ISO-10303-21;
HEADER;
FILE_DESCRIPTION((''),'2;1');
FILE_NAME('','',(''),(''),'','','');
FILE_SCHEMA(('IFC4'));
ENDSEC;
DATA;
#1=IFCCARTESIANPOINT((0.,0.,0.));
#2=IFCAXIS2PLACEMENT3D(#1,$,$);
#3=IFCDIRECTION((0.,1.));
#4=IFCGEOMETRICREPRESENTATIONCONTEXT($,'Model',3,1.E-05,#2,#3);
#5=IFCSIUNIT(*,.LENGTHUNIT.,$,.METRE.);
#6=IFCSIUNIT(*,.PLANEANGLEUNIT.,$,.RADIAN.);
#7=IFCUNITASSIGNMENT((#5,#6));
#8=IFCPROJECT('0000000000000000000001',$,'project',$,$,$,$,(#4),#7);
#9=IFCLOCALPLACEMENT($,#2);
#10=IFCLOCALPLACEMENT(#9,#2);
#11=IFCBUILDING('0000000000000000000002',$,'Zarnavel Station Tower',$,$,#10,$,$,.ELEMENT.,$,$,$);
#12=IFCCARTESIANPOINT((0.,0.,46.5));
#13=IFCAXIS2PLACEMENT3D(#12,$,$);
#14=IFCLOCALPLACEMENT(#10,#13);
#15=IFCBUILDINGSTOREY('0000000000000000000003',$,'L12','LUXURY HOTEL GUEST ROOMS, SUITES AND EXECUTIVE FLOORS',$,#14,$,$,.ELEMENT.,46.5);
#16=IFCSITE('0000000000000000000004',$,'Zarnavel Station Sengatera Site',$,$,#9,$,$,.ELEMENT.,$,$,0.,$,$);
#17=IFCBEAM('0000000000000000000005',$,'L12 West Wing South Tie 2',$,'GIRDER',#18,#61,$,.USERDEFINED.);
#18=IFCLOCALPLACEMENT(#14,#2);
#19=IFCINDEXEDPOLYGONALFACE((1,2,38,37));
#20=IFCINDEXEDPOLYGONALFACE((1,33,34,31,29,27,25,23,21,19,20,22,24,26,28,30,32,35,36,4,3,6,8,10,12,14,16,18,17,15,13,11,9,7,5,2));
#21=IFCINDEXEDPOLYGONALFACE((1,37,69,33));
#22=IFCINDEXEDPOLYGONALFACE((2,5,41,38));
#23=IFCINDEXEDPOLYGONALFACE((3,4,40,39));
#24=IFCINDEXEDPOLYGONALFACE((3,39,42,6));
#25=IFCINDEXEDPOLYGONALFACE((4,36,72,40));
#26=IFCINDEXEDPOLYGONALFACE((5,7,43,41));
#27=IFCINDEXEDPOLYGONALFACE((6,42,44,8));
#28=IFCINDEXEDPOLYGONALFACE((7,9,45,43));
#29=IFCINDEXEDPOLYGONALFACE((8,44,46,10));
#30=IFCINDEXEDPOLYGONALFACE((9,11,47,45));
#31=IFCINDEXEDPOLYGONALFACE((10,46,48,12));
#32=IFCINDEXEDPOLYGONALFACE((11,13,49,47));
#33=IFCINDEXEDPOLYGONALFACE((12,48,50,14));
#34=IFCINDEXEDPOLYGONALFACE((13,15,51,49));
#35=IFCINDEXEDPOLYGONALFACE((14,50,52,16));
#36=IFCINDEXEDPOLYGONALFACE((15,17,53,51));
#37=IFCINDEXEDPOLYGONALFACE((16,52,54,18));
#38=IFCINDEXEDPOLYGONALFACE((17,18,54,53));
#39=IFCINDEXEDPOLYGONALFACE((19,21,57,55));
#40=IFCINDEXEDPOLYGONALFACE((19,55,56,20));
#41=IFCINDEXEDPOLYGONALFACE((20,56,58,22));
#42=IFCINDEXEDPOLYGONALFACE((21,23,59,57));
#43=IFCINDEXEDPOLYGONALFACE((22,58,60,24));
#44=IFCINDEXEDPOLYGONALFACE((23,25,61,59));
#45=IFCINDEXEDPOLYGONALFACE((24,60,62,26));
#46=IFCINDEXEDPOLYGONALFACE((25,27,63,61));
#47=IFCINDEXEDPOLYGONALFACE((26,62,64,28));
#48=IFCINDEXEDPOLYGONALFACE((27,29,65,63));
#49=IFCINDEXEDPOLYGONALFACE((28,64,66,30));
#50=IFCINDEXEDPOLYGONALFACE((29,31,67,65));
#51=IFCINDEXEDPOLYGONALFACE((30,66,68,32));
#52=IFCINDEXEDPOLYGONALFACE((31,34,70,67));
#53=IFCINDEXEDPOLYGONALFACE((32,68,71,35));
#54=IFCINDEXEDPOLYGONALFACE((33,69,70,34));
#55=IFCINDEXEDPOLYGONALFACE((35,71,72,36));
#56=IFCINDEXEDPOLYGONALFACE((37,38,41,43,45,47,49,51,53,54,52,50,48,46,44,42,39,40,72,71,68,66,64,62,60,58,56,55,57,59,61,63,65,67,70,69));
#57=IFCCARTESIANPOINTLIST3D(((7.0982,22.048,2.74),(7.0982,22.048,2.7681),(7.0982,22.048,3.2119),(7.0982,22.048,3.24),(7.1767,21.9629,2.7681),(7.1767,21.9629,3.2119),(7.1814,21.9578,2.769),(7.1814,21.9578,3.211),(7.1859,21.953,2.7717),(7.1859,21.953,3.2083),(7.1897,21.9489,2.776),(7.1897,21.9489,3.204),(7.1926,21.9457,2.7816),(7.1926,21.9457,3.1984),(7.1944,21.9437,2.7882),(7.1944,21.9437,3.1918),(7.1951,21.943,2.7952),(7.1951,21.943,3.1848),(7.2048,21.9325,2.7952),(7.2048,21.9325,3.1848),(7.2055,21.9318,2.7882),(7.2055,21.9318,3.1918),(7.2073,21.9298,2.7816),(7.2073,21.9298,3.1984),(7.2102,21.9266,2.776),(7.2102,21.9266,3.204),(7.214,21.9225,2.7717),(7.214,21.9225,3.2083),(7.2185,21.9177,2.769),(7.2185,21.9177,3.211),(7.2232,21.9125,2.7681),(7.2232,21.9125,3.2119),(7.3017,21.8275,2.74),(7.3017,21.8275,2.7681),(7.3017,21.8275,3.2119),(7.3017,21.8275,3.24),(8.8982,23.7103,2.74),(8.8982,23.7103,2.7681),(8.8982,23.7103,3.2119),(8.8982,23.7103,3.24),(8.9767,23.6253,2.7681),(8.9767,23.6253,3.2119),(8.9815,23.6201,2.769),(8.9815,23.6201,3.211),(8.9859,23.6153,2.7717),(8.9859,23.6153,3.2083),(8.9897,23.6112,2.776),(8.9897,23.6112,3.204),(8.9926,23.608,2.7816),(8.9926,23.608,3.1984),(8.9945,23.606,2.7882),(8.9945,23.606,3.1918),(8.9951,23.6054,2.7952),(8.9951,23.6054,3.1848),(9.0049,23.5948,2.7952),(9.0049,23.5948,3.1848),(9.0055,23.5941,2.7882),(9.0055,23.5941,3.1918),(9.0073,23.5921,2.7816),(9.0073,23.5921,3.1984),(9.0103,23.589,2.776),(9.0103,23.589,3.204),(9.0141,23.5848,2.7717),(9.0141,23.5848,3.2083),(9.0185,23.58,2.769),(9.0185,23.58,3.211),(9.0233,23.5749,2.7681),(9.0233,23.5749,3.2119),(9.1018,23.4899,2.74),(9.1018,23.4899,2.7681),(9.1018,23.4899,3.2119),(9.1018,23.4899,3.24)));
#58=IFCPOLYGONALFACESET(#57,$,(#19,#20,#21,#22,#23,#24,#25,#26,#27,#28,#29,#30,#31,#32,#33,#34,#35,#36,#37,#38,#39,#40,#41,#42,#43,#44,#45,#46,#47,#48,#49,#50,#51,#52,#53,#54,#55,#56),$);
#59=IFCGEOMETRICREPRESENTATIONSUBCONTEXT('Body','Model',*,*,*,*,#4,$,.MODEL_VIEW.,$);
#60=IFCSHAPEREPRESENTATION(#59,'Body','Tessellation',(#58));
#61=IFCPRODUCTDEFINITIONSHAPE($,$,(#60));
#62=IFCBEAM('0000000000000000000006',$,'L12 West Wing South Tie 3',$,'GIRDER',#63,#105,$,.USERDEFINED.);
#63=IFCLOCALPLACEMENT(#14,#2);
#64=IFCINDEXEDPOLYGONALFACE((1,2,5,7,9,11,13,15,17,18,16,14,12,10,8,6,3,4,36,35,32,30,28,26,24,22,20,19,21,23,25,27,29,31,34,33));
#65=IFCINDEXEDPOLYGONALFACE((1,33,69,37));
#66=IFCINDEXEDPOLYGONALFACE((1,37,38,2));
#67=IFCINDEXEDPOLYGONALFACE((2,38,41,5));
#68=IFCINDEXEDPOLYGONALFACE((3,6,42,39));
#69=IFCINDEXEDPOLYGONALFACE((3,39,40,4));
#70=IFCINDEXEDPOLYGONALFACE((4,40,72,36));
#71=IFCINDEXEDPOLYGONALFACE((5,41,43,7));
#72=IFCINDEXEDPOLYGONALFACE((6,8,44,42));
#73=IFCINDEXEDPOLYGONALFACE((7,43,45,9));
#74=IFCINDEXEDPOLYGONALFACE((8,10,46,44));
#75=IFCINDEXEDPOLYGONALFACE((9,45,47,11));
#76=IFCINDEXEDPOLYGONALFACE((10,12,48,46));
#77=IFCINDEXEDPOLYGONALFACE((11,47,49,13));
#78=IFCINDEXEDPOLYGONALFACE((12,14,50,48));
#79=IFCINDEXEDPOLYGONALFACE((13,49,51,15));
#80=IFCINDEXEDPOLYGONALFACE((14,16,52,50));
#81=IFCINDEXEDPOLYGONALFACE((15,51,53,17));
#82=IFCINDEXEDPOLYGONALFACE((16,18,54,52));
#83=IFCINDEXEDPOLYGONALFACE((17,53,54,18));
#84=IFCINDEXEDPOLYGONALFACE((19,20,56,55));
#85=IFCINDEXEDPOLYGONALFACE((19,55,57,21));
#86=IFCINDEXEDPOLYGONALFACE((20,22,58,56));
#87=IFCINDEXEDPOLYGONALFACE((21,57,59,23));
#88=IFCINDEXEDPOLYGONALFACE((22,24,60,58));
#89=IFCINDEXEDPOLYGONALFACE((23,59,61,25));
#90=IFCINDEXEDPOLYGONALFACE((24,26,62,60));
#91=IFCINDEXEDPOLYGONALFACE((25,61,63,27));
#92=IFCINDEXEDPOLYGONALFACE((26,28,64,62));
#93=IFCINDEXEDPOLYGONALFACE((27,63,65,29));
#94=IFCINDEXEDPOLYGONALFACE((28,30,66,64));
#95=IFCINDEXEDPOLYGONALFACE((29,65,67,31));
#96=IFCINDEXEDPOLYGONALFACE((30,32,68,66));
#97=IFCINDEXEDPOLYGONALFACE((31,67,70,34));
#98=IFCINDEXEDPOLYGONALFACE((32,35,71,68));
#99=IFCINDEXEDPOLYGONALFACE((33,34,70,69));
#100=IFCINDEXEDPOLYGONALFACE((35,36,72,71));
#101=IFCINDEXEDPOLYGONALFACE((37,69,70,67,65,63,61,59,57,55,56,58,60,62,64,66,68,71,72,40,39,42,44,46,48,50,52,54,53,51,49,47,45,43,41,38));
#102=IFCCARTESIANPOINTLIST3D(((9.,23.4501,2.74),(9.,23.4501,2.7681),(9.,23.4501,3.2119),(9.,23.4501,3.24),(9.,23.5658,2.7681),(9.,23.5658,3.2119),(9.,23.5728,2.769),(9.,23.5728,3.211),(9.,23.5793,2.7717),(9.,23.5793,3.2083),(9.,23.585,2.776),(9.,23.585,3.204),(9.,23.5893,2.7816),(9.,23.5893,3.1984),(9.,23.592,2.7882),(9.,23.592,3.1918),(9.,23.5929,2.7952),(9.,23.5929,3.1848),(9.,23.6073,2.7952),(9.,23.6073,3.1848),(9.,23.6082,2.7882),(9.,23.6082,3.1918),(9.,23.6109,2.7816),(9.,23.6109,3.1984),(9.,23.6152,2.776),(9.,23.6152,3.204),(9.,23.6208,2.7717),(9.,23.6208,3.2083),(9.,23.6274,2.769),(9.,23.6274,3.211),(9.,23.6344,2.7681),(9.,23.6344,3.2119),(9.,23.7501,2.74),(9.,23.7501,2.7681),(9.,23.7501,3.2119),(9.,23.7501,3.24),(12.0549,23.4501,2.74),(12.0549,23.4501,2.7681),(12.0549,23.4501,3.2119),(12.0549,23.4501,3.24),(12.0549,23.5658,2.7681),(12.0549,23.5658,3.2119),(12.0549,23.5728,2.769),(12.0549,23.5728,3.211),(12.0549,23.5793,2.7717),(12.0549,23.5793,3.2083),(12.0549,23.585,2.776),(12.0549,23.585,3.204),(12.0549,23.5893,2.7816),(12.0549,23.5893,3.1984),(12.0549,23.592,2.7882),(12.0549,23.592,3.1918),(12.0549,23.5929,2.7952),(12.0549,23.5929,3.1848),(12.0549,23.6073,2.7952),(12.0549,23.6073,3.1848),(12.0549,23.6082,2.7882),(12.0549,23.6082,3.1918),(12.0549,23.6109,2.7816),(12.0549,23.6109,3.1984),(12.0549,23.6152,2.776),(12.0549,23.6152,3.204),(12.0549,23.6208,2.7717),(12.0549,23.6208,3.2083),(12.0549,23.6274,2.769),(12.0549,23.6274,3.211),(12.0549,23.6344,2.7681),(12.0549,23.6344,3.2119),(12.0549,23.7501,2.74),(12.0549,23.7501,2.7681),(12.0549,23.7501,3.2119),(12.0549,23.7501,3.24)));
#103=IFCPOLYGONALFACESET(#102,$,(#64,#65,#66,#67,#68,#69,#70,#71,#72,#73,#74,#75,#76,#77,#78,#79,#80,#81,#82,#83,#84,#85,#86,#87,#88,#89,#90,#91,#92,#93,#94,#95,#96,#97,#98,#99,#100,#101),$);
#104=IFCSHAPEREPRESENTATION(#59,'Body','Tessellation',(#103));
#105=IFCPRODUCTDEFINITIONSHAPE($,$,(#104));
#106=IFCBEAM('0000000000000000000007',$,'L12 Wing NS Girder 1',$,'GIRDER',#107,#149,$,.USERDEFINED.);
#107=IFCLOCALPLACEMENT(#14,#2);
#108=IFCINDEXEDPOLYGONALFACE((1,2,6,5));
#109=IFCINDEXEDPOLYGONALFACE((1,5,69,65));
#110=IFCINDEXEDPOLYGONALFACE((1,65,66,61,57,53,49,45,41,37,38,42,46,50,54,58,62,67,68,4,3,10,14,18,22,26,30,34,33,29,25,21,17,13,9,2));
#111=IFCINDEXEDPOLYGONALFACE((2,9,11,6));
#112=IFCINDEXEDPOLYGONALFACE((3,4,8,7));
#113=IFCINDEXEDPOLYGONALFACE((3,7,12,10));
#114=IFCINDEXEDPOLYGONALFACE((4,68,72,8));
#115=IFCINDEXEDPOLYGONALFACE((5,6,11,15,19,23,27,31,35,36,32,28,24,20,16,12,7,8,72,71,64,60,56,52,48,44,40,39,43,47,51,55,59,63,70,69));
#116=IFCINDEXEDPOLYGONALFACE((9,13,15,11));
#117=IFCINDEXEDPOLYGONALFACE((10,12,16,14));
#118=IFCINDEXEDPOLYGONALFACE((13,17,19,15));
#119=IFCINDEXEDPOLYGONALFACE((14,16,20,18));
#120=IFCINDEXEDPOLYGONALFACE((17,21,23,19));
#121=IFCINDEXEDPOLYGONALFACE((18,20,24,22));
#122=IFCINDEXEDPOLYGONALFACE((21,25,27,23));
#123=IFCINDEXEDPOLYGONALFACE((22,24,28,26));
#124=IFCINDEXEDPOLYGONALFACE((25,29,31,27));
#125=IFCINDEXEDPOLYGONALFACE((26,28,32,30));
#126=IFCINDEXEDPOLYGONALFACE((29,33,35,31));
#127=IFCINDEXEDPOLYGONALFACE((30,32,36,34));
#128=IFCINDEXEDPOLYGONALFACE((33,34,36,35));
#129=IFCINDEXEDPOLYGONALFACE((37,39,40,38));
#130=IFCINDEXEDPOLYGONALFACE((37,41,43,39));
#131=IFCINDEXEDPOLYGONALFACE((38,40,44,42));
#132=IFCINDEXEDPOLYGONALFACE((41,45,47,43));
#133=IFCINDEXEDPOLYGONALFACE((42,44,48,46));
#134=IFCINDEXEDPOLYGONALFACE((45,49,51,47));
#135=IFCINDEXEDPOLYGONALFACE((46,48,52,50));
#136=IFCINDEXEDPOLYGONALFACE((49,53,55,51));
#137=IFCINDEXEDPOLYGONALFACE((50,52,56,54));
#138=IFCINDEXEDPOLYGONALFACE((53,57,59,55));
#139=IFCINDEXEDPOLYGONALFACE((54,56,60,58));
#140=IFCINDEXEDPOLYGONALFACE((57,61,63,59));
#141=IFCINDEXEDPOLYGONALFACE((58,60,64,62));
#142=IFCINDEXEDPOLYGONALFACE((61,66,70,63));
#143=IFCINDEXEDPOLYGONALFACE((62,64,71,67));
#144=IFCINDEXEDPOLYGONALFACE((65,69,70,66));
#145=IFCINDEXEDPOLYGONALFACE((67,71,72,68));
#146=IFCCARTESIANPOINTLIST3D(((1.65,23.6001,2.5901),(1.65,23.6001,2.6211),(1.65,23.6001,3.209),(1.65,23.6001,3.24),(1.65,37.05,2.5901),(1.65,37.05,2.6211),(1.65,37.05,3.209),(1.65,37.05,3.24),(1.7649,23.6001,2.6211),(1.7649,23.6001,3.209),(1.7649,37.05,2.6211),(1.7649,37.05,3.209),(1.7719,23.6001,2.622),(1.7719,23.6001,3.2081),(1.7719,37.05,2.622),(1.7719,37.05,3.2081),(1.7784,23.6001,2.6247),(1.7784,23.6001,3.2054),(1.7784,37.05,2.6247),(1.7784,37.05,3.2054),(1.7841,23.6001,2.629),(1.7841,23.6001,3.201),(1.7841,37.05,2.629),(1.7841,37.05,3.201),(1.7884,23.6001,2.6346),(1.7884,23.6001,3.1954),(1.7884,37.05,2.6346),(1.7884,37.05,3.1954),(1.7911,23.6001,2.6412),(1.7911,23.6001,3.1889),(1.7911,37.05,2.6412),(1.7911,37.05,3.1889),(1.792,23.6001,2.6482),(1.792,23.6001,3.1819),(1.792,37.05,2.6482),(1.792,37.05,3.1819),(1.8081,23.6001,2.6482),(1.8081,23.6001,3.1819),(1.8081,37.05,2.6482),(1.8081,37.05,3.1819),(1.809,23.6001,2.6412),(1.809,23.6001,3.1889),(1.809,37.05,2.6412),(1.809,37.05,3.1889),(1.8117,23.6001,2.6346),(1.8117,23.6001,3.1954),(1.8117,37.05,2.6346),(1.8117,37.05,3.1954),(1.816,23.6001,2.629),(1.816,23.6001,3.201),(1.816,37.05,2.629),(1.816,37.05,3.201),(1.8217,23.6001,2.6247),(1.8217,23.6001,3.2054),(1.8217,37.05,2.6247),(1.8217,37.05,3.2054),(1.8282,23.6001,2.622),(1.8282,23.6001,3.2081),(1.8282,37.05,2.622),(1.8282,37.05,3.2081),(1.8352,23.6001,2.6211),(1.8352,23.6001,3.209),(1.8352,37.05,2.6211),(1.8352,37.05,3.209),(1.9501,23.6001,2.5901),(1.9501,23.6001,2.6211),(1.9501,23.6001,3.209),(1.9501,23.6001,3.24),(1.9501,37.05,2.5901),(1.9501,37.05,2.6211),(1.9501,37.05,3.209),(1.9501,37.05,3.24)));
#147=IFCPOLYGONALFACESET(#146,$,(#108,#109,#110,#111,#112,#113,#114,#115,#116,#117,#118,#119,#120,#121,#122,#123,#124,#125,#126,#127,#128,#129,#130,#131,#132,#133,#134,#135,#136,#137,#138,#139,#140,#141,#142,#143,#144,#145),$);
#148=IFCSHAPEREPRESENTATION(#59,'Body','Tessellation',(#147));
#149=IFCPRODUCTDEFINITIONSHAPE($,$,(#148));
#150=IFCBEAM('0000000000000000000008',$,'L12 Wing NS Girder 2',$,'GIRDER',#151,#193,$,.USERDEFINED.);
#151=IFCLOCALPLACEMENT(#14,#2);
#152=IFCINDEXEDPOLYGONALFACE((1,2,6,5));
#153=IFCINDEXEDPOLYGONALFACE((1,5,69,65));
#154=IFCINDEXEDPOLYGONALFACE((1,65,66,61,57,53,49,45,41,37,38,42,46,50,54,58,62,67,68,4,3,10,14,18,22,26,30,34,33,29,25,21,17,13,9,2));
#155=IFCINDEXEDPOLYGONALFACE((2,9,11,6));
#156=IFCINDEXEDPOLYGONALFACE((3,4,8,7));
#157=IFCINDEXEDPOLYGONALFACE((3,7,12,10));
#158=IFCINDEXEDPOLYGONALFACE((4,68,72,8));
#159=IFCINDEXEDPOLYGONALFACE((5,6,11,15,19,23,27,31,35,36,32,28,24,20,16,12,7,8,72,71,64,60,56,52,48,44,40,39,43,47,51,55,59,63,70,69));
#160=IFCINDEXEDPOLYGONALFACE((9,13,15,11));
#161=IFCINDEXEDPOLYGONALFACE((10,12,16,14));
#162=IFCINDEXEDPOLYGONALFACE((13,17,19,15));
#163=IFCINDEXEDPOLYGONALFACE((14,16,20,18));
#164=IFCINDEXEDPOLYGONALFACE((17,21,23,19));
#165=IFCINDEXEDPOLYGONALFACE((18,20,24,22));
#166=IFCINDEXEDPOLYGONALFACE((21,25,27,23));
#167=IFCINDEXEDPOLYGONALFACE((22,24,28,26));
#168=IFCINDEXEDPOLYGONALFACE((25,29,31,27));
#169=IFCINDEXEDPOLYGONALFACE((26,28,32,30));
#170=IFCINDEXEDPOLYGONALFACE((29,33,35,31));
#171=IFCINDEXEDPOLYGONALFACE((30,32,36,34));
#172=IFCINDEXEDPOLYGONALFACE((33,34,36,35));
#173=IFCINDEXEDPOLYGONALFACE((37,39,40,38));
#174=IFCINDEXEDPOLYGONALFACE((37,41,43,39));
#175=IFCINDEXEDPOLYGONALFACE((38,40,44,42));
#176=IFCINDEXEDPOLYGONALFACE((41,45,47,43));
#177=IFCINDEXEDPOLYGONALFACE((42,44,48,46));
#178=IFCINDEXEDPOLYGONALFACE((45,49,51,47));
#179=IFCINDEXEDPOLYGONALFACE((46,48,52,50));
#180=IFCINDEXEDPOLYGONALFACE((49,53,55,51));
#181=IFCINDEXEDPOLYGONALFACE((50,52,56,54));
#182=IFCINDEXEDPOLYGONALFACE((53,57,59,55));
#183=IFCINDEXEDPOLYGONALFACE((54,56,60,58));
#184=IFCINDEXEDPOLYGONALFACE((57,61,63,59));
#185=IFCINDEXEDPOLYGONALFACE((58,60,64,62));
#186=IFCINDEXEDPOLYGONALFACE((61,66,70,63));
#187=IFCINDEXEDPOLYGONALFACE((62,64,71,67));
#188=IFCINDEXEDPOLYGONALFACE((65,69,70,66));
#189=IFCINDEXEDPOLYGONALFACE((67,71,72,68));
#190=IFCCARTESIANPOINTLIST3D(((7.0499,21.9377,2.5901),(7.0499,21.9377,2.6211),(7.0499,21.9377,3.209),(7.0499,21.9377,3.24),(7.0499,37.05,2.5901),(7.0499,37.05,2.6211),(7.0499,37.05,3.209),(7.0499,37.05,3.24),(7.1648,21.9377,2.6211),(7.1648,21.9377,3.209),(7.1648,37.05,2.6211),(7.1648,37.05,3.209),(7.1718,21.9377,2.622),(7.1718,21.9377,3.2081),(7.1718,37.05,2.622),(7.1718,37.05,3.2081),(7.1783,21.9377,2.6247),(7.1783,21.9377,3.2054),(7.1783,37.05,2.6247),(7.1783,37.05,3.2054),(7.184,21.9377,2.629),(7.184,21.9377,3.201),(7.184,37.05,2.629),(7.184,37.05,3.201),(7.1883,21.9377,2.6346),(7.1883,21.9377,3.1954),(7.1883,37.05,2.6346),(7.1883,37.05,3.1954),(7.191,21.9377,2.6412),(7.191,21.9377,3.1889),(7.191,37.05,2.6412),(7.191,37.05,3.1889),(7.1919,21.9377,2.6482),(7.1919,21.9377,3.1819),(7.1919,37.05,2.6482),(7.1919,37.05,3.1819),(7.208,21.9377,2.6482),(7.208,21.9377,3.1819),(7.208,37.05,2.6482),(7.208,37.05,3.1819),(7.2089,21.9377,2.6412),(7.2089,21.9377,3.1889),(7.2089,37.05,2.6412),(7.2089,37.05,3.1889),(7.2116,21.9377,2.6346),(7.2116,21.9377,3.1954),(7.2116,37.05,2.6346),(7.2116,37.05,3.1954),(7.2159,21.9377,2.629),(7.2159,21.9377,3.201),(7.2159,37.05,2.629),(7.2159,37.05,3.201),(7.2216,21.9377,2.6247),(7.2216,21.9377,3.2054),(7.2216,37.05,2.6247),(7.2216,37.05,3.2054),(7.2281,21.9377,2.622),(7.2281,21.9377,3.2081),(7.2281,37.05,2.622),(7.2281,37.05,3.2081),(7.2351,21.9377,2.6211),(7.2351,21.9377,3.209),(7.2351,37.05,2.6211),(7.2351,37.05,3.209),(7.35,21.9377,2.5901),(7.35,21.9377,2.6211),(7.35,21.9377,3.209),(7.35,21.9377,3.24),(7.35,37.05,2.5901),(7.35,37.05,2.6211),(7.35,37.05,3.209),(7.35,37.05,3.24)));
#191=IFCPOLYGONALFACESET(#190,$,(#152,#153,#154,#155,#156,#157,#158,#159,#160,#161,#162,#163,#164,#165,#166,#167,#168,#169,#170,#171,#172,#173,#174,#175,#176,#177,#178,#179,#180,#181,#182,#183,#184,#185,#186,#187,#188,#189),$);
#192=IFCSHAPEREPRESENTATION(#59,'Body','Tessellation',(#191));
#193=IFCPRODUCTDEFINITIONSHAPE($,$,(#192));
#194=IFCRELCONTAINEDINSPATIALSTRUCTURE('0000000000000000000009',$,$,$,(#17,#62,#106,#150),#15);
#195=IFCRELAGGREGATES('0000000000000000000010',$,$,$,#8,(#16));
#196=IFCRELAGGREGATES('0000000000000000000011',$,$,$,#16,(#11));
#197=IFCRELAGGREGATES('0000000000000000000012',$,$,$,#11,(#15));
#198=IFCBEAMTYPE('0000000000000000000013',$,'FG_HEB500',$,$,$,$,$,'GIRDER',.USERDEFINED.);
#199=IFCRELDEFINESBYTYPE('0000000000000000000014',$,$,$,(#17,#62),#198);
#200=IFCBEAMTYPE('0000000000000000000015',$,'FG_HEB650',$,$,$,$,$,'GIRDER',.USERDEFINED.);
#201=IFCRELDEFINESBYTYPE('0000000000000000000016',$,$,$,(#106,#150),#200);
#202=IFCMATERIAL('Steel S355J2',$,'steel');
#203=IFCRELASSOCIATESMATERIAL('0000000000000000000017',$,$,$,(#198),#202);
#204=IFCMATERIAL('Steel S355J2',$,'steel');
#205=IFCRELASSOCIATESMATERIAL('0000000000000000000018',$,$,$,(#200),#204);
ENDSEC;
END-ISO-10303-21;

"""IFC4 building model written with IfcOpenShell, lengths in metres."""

from ifc_helpers import new_model, si_unit, direction, frame, origin, origin_2d, place, context, subcontext, project, spatial, i_section, extrude, material, material_profile, profile_set, type_object, element, save


model = new_model("IFC4")

# Units and contexts
model_context = context("Model", 3, precision=1e-05, world=origin(), true_north=direction((0.0, 1.0)))
body_context = subcontext(model_context, "Body", "Model", "MODEL_VIEW")
ifc_project = project(units=[si_unit("LENGTHUNIT", "METRE"), si_unit("PLANEANGLEUNIT", "RADIAN")], contexts=[model_context])

# Site, building, storey
site_placement = place(None, origin())
site = spatial("IfcSite", under=ifc_project, at=site_placement, Name="Zarnavel Station Sengatera Site", CompositionType="ELEMENT", RefElevation=0.0)
building_placement = place(site_placement, origin())
building = spatial("IfcBuilding", under=site, at=building_placement, Name="Zarnavel Station Tower", CompositionType="ELEMENT")
storey_placement = place(building_placement, frame((0.0, 0.0, 46.5)))
storey = spatial("IfcBuildingStorey", under=building, at=storey_placement, Name="L12", Description="LUXURY HOTEL GUEST ROOMS, SUITES AND EXECUTIVE FLOORS", CompositionType="ELEMENT", Elevation=46.5)

# Beams
ifc_material_1 = material(Name="Steel S355J2", Category="steel")
ifc_material_profile_1 = material_profile(ifc_material_1, i_section(OverallWidth=0.3, OverallDepth=0.5, WebThickness=0.0144, FlangeThickness=0.0281, FilletRadius=0.0271, at=origin_2d()), Name="HEB500")
ifc_profile_set_1 = profile_set([ifc_material_profile_1], Name="Steel S355J2")
beam_type_1 = type_object("IfcBeamType", Name="FG_HEB500", ElementType="GIRDER", PredefinedType="USERDEFINED", material=ifc_profile_set_1)
beam_1_placement = place(storey_placement, frame((7.2, 21.9377, 2.99), z_axis=(0.734647, 0.67845, 0.0), x_axis=(-0.67845, 0.734647, 0.0)))
element("IfcBeam", 1, at=beam_1_placement, inside=storey, type_object=beam_type_1, Name="L12 West Wing South Tie 2", ObjectType="GIRDER", PredefinedType="USERDEFINED", context=body_context, shape_type="SweptSolid", body=[
    extrude(i_section(OverallWidth=0.3, OverallDepth=0.5, WebThickness=0.0144, FlangeThickness=0.0281, FilletRadius=0.0271, at=origin_2d()), origin(), (0.0, 0.0, 1.0), 2.4502),
])
beam_2_placement = place(storey_placement, frame((9.0, 23.6001, 2.99), z_axis=(1.0, 0.0, 0.0), x_axis=(0.0, 1.0, 0.0)))
element("IfcBeam", 2, at=beam_2_placement, inside=storey, type_object=beam_type_1, Name="L12 West Wing South Tie 3", ObjectType="GIRDER", PredefinedType="USERDEFINED", context=body_context, shape_type="SweptSolid", body=[
    extrude(i_section(OverallWidth=0.3, OverallDepth=0.5, WebThickness=0.0144, FlangeThickness=0.0281, FilletRadius=0.0271, at=origin_2d()), origin(), (0.0, 0.0, 1.0), 3.0549),
])
ifc_material_2 = material(Name="Steel S355J2", Category="steel")
ifc_material_profile_2 = material_profile(ifc_material_2, i_section(OverallWidth=0.3, OverallDepth=0.6499, WebThickness=0.0161, FlangeThickness=0.031, FilletRadius=0.0271, at=origin_2d()), Name="HEB650")
ifc_profile_set_2 = profile_set([ifc_material_profile_2], Name="Steel S355J2")
beam_type_2 = type_object("IfcBeamType", Name="FG_HEB650", ElementType="GIRDER", PredefinedType="USERDEFINED", material=ifc_profile_set_2)
beam_3_placement = place(storey_placement, frame((1.8, 23.6001, 2.915), z_axis=(0.0, 1.0, 0.0), x_axis=(-1.0, 0.0, 0.0)))
element("IfcBeam", 3, at=beam_3_placement, inside=storey, type_object=beam_type_2, Name="L12 Wing NS Girder 1", ObjectType="GIRDER", PredefinedType="USERDEFINED", context=body_context, shape_type="SweptSolid", body=[
    extrude(i_section(OverallWidth=0.3, OverallDepth=0.6499, WebThickness=0.0161, FlangeThickness=0.031, FilletRadius=0.0271, at=origin_2d()), origin(), (0.0, 0.0, 1.0), 13.45),
])
beam_4_placement = place(storey_placement, frame((7.2, 21.9377, 2.915), z_axis=(0.0, 1.0, 0.0), x_axis=(-1.0, 0.0, 0.0)))
element("IfcBeam", 4, at=beam_4_placement, inside=storey, type_object=beam_type_2, Name="L12 Wing NS Girder 2", ObjectType="GIRDER", PredefinedType="USERDEFINED", context=body_context, shape_type="SweptSolid", body=[
    extrude(i_section(OverallWidth=0.3, OverallDepth=0.6499, WebThickness=0.0161, FlangeThickness=0.031, FilletRadius=0.0271, at=origin_2d()), origin(), (0.0, 0.0, 1.0), 15.1123),
])

save(model, "model.ifc")
